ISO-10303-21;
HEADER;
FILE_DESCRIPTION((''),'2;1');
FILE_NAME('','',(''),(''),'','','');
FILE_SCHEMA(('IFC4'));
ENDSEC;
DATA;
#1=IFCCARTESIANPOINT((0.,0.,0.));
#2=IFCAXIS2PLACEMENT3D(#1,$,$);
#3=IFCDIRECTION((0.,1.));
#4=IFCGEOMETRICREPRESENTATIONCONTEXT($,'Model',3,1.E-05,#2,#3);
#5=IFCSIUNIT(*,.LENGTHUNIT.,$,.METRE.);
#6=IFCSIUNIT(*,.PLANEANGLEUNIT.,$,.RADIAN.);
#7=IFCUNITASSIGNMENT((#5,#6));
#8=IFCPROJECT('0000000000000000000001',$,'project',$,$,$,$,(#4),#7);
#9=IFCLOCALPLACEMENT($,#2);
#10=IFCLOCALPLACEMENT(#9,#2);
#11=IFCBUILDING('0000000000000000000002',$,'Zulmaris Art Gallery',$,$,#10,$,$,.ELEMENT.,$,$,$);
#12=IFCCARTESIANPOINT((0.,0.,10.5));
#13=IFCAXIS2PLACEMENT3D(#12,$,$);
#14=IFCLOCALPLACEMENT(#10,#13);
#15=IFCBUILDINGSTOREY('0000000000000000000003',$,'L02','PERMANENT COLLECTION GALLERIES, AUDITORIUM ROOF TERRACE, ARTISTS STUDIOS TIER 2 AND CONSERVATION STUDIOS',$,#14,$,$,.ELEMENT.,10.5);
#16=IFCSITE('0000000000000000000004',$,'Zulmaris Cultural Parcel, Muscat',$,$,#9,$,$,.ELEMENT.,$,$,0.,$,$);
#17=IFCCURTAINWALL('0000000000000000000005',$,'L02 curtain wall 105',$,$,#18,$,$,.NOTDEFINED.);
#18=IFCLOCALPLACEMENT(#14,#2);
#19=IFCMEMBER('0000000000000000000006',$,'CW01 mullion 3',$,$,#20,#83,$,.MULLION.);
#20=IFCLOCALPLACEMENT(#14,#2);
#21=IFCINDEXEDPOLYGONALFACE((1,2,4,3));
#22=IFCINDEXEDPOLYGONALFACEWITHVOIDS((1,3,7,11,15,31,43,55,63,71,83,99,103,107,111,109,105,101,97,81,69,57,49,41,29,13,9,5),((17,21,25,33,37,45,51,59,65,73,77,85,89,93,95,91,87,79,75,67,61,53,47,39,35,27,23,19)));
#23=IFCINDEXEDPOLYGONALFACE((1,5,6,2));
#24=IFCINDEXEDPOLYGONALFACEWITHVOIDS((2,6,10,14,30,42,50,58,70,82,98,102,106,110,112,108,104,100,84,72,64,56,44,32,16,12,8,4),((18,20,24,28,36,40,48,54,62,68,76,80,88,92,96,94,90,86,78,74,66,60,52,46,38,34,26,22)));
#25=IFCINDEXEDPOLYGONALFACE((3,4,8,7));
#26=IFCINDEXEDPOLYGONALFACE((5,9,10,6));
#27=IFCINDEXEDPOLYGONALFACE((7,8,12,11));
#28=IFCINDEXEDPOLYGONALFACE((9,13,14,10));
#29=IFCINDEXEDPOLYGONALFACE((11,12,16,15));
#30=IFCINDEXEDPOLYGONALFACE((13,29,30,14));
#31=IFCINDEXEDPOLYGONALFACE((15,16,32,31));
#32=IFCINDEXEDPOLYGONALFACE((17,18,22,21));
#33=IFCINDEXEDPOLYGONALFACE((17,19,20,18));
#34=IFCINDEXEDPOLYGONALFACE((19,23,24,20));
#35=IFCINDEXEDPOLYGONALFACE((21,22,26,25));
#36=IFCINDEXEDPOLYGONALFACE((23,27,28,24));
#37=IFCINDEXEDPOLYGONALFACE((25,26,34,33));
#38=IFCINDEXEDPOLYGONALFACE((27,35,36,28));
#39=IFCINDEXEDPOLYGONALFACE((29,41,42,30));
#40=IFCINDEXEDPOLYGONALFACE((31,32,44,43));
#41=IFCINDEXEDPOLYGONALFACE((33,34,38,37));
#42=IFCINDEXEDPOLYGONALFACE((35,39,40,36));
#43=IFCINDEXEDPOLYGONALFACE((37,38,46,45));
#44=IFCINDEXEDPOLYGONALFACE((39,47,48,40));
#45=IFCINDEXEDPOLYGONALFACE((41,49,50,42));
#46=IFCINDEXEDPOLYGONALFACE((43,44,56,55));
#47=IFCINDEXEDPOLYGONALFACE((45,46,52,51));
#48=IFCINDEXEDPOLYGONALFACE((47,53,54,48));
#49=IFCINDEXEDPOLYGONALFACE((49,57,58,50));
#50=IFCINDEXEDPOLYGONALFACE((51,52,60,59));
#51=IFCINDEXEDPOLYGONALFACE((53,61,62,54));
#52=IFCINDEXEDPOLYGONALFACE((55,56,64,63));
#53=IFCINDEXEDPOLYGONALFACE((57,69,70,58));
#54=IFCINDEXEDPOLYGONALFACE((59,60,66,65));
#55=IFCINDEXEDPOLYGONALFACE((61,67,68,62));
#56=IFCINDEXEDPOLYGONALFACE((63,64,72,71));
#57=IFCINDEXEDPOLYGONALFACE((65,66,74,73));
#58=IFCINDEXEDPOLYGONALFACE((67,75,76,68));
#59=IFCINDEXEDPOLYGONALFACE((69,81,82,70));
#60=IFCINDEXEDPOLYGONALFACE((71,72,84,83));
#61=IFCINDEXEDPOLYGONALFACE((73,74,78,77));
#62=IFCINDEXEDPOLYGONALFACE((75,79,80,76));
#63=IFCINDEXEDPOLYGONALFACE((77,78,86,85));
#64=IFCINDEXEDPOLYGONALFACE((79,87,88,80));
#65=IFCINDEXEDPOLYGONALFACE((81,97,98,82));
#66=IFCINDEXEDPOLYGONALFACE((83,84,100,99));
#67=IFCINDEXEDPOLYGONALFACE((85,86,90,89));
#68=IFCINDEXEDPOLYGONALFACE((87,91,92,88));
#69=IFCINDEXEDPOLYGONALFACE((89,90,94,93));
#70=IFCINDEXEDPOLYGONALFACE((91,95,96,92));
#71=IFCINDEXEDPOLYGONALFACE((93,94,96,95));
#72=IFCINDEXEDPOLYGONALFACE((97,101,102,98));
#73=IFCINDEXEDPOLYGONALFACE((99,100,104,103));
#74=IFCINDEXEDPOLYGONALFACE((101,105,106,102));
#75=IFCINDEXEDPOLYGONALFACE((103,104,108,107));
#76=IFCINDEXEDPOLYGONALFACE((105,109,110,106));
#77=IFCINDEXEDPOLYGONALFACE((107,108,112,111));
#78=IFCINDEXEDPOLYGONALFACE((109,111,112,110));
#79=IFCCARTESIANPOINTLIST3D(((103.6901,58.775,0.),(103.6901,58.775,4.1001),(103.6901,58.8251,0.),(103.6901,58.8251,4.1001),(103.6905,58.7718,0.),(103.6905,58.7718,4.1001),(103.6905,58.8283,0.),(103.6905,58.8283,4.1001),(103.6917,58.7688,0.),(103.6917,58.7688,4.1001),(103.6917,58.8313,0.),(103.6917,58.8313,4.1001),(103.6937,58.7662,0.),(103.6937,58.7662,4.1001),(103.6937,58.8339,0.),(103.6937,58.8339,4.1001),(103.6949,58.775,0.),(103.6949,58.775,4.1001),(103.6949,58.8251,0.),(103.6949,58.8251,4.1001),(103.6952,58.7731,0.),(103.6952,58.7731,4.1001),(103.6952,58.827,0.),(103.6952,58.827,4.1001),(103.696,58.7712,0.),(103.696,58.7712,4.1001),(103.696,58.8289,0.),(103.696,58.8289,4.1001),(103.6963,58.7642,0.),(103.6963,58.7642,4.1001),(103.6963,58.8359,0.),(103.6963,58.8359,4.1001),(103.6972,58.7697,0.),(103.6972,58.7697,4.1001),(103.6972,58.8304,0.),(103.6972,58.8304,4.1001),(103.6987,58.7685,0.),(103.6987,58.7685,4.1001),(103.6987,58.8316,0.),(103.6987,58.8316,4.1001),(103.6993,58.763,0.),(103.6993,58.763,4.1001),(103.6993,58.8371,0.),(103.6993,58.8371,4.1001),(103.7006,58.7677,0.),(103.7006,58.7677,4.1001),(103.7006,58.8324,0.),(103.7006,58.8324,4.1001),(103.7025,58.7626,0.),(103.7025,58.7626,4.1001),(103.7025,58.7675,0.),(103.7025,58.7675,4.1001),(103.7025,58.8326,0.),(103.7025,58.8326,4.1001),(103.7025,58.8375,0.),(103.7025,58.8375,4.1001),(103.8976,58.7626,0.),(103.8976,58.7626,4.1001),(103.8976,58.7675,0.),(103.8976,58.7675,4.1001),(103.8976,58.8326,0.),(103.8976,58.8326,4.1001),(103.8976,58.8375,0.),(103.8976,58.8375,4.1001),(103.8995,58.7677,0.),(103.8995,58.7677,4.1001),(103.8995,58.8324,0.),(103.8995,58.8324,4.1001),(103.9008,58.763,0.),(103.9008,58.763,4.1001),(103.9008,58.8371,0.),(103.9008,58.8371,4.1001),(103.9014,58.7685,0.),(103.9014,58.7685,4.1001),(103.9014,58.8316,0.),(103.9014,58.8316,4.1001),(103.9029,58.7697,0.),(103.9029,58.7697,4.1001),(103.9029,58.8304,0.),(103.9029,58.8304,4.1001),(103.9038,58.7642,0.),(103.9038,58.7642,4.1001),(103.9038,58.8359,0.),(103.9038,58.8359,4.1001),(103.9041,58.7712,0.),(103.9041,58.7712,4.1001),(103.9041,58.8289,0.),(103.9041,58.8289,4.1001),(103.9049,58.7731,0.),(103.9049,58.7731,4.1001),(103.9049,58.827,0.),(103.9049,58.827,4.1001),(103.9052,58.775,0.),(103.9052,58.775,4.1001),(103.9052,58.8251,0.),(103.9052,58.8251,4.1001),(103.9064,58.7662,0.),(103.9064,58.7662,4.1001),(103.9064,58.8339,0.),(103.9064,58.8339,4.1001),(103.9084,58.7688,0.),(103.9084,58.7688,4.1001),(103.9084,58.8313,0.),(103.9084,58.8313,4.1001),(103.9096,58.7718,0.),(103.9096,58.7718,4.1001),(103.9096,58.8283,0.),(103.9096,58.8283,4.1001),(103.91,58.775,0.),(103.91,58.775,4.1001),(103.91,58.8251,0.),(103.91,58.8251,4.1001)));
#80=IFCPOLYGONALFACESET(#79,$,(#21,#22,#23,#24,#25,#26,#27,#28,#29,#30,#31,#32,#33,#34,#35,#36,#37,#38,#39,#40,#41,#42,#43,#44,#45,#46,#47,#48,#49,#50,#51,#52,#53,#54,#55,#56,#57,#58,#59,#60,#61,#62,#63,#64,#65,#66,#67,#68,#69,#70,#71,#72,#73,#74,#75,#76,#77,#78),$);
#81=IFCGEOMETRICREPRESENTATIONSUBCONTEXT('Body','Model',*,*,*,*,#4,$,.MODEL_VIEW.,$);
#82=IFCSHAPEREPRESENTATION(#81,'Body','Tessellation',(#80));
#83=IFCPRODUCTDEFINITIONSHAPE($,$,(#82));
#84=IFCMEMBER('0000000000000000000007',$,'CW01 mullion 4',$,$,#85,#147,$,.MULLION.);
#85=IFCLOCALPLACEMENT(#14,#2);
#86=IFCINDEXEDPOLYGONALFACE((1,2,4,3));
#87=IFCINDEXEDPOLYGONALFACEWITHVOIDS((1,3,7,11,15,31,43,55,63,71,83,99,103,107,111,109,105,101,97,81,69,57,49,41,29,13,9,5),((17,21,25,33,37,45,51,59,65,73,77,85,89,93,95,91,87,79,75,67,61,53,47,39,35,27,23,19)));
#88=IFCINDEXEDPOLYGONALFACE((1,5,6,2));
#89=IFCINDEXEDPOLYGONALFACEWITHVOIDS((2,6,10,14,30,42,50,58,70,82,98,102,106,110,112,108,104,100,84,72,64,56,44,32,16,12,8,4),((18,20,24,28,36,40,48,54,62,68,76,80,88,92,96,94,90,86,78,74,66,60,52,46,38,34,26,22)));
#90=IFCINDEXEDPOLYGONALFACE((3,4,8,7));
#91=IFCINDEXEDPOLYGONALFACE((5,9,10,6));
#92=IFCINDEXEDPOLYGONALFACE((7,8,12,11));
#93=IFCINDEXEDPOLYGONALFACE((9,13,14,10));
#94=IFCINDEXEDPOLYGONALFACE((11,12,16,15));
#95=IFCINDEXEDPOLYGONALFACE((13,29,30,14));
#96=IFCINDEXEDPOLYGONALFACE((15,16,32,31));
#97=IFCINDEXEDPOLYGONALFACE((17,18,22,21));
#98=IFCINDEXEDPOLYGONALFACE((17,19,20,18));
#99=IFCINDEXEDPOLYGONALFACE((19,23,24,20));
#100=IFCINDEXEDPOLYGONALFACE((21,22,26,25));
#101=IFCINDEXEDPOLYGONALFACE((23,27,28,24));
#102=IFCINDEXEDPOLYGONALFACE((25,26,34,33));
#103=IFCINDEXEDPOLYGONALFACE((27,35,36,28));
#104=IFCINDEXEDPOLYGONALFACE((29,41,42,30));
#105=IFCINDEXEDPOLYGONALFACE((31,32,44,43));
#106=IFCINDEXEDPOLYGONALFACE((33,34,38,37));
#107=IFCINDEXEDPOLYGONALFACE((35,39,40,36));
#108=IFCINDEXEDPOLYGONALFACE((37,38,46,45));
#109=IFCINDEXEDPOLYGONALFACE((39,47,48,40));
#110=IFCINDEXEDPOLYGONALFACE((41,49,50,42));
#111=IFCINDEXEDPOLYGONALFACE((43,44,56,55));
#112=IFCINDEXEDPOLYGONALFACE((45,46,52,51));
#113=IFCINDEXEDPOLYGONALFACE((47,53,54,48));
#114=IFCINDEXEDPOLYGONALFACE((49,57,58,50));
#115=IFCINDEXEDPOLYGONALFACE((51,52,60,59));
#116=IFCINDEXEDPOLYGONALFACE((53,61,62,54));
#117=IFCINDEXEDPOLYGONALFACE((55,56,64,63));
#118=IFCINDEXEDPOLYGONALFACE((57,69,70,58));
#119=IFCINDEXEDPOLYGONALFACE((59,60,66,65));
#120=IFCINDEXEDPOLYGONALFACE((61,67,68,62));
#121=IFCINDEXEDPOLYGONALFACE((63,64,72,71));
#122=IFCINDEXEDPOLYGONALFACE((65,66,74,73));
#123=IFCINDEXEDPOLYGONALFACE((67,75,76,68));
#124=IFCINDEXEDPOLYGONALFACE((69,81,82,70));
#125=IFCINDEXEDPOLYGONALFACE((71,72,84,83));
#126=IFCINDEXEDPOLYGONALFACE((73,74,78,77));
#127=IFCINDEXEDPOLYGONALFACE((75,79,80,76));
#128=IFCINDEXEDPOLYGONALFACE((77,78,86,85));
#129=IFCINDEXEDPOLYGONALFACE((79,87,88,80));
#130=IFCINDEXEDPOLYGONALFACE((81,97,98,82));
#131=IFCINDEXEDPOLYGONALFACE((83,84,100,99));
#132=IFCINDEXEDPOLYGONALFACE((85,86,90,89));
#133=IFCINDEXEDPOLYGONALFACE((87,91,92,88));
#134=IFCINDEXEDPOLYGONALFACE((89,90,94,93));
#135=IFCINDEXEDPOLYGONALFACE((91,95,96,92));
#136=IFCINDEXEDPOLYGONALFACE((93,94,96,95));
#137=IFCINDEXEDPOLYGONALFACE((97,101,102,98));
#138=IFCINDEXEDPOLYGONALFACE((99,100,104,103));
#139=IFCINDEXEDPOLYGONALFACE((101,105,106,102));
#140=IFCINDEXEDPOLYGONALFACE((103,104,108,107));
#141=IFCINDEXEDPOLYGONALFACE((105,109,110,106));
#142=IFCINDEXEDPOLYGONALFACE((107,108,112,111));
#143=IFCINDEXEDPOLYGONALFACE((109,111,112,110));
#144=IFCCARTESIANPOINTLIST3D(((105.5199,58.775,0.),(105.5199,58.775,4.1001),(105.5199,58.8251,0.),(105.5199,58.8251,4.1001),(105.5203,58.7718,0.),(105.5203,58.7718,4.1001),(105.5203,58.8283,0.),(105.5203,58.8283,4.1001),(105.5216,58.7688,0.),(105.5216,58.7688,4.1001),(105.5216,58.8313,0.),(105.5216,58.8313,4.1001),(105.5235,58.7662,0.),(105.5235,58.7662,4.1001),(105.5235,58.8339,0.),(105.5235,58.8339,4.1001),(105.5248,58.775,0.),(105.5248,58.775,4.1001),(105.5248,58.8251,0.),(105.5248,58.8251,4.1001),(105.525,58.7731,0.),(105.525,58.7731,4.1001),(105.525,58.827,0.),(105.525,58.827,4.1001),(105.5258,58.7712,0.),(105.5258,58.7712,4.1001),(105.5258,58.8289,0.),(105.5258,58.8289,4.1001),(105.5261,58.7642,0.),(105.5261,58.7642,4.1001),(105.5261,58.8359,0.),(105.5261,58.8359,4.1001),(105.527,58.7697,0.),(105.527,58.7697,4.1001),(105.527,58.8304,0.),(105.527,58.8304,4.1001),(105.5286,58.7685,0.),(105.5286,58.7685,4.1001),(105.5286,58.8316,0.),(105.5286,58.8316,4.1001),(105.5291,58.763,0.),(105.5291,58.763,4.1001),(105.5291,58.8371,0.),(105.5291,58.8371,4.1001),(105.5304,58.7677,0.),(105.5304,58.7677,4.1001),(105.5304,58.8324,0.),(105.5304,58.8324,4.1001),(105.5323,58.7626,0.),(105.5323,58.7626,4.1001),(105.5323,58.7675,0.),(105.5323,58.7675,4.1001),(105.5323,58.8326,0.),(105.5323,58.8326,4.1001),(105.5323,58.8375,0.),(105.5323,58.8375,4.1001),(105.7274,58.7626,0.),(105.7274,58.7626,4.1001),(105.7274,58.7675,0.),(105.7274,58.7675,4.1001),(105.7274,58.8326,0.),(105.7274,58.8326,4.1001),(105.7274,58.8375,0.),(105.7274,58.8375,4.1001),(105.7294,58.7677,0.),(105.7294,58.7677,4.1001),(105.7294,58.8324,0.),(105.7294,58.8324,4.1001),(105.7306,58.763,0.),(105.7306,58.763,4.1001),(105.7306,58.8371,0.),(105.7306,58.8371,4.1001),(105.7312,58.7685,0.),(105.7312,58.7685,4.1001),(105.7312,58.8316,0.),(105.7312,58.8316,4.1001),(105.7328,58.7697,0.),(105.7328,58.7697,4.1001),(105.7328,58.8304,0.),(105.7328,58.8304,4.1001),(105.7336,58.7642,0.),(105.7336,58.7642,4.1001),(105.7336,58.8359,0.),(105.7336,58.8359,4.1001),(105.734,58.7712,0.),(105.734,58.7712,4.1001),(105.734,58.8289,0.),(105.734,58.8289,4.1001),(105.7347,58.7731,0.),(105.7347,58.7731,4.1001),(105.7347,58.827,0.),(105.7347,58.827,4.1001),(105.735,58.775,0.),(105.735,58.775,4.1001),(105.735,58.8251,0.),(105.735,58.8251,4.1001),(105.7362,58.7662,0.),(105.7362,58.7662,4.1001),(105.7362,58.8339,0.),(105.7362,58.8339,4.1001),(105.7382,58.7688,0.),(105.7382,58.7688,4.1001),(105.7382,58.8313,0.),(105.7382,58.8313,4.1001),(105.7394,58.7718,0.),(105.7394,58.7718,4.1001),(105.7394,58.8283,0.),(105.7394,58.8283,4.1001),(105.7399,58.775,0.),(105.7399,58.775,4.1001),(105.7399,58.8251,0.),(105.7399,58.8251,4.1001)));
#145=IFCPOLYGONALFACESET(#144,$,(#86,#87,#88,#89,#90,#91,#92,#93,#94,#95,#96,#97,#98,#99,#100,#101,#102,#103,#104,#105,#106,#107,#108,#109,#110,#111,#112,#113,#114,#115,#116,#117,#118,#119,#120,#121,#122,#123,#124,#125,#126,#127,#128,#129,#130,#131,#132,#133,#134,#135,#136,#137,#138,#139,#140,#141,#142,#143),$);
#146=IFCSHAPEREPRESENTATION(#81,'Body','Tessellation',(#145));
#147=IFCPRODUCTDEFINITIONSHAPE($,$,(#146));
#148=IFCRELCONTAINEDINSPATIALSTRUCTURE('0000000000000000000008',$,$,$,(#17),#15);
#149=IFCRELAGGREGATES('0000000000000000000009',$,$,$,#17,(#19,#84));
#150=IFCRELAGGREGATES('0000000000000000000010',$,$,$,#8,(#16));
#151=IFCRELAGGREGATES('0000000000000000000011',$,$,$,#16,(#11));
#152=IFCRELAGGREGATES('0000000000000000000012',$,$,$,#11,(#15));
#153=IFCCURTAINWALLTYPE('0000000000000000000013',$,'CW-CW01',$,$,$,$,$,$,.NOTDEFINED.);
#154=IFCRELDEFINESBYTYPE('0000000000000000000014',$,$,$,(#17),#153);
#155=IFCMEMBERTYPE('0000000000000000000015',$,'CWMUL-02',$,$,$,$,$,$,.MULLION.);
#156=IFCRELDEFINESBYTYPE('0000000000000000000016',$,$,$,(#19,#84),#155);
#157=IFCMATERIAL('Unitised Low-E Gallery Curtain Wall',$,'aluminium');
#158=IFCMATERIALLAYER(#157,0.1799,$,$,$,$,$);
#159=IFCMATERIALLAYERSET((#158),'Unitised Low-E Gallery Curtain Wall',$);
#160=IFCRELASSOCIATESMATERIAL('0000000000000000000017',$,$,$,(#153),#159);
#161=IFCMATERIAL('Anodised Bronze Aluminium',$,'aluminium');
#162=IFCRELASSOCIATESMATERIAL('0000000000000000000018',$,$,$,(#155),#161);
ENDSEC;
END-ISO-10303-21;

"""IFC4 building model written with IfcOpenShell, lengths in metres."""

from ifc_helpers import new_model, si_unit, direction, frame, origin, origin_2d, place, context, subcontext, project, spatial, hollow_rectangle, extrude, material, layer, layer_set, material_profile, profile_set, type_object, element, aggregate, save


model = new_model("IFC4")

# Units and contexts
model_context = context("Model", 3, precision=1e-05, world=origin(), true_north=direction((0.0, 1.0)))
body_context = subcontext(model_context, "Body", "Model", "MODEL_VIEW")
ifc_project = project(units=[si_unit("LENGTHUNIT", "METRE"), si_unit("PLANEANGLEUNIT", "RADIAN")], contexts=[model_context])

# Site, building, storey
site_placement = place(None, origin())
site = spatial("IfcSite", under=ifc_project, at=site_placement, Name="Zulmaris Cultural Parcel, Muscat", CompositionType="ELEMENT", RefElevation=0.0)
building_placement = place(site_placement, origin())
building = spatial("IfcBuilding", under=site, at=building_placement, Name="Zulmaris Art Gallery", CompositionType="ELEMENT")
storey_placement = place(building_placement, frame((0.0, 0.0, 10.5)))
storey = spatial("IfcBuildingStorey", under=building, at=storey_placement, Name="L02", Description="PERMANENT COLLECTION GALLERIES, AUDITORIUM ROOF TERRACE, ARTISTS STUDIOS TIER 2 AND CONSERVATION STUDIOS", CompositionType="ELEMENT", Elevation=10.5)

# Curtain wall, members
ifc_material_1 = material(Name="Unitised Low-E Gallery Curtain Wall", Category="aluminium")
ifc_layer_1 = layer(ifc_material_1, 0.1799)
ifc_layer_set_1 = layer_set([ifc_layer_1], Name="Unitised Low-E Gallery Curtain Wall")
curtain_wall_type = type_object("IfcCurtainWallType", Name="CW-CW01", PredefinedType="NOTDEFINED", material=ifc_layer_set_1)
curtain_wall_1_placement = place(storey_placement, origin())
curtain_wall_1 = element("IfcCurtainWall", 1, at=curtain_wall_1_placement, inside=storey, type_object=curtain_wall_type, Name="L02 curtain wall 105", PredefinedType="NOTDEFINED")
ifc_material_2 = material(Name="Anodised Bronze Aluminium", Category="aluminium")
ifc_material_profile_1 = material_profile(ifc_material_2, hollow_rectangle(XDim=0.075, YDim=0.22, WallThickness=0.0049, InnerFilletRadius=0.0076, OuterFilletRadius=0.0125, at=origin_2d()), Name="ALU 75x220x5")
ifc_profile_set_1 = profile_set([ifc_material_profile_1], Name="Anodised Bronze Aluminium")
member_type_1 = type_object("IfcMemberType", Name="CWMUL-02", PredefinedType="MULLION", material=ifc_profile_set_1)
member_1_placement = place(storey_placement, frame((103.8, 58.8, 0.0), z_axis=(0.0, 0.0, 1.0), x_axis=(0.0, 1.0, 0.0)))
member_1 = element("IfcMember", 2, at=member_1_placement, type_object=member_type_1, Name="CW01 mullion 3", PredefinedType="MULLION", context=body_context, shape_type="SweptSolid", body=[
    extrude(hollow_rectangle(XDim=0.075, YDim=0.22, WallThickness=0.0049, InnerFilletRadius=0.0076, OuterFilletRadius=0.0125, at=origin_2d()), origin(), (0.0, 0.0, 1.0), 4.1001),
])
member_2_placement = place(storey_placement, frame((105.6299, 58.8, 0.0), z_axis=(0.0, 0.0, 1.0), x_axis=(0.0, 1.0, 0.0)))
member_2 = element("IfcMember", 3, at=member_2_placement, type_object=member_type_1, Name="CW01 mullion 4", PredefinedType="MULLION", context=body_context, shape_type="SweptSolid", body=[
    extrude(hollow_rectangle(XDim=0.075, YDim=0.22, WallThickness=0.0049, InnerFilletRadius=0.0076, OuterFilletRadius=0.0125, at=origin_2d()), origin(), (0.0, 0.0, 1.0), 4.1001),
])

aggregate(curtain_wall_1, [member_1, member_2])

save(model, "model.ifc")
